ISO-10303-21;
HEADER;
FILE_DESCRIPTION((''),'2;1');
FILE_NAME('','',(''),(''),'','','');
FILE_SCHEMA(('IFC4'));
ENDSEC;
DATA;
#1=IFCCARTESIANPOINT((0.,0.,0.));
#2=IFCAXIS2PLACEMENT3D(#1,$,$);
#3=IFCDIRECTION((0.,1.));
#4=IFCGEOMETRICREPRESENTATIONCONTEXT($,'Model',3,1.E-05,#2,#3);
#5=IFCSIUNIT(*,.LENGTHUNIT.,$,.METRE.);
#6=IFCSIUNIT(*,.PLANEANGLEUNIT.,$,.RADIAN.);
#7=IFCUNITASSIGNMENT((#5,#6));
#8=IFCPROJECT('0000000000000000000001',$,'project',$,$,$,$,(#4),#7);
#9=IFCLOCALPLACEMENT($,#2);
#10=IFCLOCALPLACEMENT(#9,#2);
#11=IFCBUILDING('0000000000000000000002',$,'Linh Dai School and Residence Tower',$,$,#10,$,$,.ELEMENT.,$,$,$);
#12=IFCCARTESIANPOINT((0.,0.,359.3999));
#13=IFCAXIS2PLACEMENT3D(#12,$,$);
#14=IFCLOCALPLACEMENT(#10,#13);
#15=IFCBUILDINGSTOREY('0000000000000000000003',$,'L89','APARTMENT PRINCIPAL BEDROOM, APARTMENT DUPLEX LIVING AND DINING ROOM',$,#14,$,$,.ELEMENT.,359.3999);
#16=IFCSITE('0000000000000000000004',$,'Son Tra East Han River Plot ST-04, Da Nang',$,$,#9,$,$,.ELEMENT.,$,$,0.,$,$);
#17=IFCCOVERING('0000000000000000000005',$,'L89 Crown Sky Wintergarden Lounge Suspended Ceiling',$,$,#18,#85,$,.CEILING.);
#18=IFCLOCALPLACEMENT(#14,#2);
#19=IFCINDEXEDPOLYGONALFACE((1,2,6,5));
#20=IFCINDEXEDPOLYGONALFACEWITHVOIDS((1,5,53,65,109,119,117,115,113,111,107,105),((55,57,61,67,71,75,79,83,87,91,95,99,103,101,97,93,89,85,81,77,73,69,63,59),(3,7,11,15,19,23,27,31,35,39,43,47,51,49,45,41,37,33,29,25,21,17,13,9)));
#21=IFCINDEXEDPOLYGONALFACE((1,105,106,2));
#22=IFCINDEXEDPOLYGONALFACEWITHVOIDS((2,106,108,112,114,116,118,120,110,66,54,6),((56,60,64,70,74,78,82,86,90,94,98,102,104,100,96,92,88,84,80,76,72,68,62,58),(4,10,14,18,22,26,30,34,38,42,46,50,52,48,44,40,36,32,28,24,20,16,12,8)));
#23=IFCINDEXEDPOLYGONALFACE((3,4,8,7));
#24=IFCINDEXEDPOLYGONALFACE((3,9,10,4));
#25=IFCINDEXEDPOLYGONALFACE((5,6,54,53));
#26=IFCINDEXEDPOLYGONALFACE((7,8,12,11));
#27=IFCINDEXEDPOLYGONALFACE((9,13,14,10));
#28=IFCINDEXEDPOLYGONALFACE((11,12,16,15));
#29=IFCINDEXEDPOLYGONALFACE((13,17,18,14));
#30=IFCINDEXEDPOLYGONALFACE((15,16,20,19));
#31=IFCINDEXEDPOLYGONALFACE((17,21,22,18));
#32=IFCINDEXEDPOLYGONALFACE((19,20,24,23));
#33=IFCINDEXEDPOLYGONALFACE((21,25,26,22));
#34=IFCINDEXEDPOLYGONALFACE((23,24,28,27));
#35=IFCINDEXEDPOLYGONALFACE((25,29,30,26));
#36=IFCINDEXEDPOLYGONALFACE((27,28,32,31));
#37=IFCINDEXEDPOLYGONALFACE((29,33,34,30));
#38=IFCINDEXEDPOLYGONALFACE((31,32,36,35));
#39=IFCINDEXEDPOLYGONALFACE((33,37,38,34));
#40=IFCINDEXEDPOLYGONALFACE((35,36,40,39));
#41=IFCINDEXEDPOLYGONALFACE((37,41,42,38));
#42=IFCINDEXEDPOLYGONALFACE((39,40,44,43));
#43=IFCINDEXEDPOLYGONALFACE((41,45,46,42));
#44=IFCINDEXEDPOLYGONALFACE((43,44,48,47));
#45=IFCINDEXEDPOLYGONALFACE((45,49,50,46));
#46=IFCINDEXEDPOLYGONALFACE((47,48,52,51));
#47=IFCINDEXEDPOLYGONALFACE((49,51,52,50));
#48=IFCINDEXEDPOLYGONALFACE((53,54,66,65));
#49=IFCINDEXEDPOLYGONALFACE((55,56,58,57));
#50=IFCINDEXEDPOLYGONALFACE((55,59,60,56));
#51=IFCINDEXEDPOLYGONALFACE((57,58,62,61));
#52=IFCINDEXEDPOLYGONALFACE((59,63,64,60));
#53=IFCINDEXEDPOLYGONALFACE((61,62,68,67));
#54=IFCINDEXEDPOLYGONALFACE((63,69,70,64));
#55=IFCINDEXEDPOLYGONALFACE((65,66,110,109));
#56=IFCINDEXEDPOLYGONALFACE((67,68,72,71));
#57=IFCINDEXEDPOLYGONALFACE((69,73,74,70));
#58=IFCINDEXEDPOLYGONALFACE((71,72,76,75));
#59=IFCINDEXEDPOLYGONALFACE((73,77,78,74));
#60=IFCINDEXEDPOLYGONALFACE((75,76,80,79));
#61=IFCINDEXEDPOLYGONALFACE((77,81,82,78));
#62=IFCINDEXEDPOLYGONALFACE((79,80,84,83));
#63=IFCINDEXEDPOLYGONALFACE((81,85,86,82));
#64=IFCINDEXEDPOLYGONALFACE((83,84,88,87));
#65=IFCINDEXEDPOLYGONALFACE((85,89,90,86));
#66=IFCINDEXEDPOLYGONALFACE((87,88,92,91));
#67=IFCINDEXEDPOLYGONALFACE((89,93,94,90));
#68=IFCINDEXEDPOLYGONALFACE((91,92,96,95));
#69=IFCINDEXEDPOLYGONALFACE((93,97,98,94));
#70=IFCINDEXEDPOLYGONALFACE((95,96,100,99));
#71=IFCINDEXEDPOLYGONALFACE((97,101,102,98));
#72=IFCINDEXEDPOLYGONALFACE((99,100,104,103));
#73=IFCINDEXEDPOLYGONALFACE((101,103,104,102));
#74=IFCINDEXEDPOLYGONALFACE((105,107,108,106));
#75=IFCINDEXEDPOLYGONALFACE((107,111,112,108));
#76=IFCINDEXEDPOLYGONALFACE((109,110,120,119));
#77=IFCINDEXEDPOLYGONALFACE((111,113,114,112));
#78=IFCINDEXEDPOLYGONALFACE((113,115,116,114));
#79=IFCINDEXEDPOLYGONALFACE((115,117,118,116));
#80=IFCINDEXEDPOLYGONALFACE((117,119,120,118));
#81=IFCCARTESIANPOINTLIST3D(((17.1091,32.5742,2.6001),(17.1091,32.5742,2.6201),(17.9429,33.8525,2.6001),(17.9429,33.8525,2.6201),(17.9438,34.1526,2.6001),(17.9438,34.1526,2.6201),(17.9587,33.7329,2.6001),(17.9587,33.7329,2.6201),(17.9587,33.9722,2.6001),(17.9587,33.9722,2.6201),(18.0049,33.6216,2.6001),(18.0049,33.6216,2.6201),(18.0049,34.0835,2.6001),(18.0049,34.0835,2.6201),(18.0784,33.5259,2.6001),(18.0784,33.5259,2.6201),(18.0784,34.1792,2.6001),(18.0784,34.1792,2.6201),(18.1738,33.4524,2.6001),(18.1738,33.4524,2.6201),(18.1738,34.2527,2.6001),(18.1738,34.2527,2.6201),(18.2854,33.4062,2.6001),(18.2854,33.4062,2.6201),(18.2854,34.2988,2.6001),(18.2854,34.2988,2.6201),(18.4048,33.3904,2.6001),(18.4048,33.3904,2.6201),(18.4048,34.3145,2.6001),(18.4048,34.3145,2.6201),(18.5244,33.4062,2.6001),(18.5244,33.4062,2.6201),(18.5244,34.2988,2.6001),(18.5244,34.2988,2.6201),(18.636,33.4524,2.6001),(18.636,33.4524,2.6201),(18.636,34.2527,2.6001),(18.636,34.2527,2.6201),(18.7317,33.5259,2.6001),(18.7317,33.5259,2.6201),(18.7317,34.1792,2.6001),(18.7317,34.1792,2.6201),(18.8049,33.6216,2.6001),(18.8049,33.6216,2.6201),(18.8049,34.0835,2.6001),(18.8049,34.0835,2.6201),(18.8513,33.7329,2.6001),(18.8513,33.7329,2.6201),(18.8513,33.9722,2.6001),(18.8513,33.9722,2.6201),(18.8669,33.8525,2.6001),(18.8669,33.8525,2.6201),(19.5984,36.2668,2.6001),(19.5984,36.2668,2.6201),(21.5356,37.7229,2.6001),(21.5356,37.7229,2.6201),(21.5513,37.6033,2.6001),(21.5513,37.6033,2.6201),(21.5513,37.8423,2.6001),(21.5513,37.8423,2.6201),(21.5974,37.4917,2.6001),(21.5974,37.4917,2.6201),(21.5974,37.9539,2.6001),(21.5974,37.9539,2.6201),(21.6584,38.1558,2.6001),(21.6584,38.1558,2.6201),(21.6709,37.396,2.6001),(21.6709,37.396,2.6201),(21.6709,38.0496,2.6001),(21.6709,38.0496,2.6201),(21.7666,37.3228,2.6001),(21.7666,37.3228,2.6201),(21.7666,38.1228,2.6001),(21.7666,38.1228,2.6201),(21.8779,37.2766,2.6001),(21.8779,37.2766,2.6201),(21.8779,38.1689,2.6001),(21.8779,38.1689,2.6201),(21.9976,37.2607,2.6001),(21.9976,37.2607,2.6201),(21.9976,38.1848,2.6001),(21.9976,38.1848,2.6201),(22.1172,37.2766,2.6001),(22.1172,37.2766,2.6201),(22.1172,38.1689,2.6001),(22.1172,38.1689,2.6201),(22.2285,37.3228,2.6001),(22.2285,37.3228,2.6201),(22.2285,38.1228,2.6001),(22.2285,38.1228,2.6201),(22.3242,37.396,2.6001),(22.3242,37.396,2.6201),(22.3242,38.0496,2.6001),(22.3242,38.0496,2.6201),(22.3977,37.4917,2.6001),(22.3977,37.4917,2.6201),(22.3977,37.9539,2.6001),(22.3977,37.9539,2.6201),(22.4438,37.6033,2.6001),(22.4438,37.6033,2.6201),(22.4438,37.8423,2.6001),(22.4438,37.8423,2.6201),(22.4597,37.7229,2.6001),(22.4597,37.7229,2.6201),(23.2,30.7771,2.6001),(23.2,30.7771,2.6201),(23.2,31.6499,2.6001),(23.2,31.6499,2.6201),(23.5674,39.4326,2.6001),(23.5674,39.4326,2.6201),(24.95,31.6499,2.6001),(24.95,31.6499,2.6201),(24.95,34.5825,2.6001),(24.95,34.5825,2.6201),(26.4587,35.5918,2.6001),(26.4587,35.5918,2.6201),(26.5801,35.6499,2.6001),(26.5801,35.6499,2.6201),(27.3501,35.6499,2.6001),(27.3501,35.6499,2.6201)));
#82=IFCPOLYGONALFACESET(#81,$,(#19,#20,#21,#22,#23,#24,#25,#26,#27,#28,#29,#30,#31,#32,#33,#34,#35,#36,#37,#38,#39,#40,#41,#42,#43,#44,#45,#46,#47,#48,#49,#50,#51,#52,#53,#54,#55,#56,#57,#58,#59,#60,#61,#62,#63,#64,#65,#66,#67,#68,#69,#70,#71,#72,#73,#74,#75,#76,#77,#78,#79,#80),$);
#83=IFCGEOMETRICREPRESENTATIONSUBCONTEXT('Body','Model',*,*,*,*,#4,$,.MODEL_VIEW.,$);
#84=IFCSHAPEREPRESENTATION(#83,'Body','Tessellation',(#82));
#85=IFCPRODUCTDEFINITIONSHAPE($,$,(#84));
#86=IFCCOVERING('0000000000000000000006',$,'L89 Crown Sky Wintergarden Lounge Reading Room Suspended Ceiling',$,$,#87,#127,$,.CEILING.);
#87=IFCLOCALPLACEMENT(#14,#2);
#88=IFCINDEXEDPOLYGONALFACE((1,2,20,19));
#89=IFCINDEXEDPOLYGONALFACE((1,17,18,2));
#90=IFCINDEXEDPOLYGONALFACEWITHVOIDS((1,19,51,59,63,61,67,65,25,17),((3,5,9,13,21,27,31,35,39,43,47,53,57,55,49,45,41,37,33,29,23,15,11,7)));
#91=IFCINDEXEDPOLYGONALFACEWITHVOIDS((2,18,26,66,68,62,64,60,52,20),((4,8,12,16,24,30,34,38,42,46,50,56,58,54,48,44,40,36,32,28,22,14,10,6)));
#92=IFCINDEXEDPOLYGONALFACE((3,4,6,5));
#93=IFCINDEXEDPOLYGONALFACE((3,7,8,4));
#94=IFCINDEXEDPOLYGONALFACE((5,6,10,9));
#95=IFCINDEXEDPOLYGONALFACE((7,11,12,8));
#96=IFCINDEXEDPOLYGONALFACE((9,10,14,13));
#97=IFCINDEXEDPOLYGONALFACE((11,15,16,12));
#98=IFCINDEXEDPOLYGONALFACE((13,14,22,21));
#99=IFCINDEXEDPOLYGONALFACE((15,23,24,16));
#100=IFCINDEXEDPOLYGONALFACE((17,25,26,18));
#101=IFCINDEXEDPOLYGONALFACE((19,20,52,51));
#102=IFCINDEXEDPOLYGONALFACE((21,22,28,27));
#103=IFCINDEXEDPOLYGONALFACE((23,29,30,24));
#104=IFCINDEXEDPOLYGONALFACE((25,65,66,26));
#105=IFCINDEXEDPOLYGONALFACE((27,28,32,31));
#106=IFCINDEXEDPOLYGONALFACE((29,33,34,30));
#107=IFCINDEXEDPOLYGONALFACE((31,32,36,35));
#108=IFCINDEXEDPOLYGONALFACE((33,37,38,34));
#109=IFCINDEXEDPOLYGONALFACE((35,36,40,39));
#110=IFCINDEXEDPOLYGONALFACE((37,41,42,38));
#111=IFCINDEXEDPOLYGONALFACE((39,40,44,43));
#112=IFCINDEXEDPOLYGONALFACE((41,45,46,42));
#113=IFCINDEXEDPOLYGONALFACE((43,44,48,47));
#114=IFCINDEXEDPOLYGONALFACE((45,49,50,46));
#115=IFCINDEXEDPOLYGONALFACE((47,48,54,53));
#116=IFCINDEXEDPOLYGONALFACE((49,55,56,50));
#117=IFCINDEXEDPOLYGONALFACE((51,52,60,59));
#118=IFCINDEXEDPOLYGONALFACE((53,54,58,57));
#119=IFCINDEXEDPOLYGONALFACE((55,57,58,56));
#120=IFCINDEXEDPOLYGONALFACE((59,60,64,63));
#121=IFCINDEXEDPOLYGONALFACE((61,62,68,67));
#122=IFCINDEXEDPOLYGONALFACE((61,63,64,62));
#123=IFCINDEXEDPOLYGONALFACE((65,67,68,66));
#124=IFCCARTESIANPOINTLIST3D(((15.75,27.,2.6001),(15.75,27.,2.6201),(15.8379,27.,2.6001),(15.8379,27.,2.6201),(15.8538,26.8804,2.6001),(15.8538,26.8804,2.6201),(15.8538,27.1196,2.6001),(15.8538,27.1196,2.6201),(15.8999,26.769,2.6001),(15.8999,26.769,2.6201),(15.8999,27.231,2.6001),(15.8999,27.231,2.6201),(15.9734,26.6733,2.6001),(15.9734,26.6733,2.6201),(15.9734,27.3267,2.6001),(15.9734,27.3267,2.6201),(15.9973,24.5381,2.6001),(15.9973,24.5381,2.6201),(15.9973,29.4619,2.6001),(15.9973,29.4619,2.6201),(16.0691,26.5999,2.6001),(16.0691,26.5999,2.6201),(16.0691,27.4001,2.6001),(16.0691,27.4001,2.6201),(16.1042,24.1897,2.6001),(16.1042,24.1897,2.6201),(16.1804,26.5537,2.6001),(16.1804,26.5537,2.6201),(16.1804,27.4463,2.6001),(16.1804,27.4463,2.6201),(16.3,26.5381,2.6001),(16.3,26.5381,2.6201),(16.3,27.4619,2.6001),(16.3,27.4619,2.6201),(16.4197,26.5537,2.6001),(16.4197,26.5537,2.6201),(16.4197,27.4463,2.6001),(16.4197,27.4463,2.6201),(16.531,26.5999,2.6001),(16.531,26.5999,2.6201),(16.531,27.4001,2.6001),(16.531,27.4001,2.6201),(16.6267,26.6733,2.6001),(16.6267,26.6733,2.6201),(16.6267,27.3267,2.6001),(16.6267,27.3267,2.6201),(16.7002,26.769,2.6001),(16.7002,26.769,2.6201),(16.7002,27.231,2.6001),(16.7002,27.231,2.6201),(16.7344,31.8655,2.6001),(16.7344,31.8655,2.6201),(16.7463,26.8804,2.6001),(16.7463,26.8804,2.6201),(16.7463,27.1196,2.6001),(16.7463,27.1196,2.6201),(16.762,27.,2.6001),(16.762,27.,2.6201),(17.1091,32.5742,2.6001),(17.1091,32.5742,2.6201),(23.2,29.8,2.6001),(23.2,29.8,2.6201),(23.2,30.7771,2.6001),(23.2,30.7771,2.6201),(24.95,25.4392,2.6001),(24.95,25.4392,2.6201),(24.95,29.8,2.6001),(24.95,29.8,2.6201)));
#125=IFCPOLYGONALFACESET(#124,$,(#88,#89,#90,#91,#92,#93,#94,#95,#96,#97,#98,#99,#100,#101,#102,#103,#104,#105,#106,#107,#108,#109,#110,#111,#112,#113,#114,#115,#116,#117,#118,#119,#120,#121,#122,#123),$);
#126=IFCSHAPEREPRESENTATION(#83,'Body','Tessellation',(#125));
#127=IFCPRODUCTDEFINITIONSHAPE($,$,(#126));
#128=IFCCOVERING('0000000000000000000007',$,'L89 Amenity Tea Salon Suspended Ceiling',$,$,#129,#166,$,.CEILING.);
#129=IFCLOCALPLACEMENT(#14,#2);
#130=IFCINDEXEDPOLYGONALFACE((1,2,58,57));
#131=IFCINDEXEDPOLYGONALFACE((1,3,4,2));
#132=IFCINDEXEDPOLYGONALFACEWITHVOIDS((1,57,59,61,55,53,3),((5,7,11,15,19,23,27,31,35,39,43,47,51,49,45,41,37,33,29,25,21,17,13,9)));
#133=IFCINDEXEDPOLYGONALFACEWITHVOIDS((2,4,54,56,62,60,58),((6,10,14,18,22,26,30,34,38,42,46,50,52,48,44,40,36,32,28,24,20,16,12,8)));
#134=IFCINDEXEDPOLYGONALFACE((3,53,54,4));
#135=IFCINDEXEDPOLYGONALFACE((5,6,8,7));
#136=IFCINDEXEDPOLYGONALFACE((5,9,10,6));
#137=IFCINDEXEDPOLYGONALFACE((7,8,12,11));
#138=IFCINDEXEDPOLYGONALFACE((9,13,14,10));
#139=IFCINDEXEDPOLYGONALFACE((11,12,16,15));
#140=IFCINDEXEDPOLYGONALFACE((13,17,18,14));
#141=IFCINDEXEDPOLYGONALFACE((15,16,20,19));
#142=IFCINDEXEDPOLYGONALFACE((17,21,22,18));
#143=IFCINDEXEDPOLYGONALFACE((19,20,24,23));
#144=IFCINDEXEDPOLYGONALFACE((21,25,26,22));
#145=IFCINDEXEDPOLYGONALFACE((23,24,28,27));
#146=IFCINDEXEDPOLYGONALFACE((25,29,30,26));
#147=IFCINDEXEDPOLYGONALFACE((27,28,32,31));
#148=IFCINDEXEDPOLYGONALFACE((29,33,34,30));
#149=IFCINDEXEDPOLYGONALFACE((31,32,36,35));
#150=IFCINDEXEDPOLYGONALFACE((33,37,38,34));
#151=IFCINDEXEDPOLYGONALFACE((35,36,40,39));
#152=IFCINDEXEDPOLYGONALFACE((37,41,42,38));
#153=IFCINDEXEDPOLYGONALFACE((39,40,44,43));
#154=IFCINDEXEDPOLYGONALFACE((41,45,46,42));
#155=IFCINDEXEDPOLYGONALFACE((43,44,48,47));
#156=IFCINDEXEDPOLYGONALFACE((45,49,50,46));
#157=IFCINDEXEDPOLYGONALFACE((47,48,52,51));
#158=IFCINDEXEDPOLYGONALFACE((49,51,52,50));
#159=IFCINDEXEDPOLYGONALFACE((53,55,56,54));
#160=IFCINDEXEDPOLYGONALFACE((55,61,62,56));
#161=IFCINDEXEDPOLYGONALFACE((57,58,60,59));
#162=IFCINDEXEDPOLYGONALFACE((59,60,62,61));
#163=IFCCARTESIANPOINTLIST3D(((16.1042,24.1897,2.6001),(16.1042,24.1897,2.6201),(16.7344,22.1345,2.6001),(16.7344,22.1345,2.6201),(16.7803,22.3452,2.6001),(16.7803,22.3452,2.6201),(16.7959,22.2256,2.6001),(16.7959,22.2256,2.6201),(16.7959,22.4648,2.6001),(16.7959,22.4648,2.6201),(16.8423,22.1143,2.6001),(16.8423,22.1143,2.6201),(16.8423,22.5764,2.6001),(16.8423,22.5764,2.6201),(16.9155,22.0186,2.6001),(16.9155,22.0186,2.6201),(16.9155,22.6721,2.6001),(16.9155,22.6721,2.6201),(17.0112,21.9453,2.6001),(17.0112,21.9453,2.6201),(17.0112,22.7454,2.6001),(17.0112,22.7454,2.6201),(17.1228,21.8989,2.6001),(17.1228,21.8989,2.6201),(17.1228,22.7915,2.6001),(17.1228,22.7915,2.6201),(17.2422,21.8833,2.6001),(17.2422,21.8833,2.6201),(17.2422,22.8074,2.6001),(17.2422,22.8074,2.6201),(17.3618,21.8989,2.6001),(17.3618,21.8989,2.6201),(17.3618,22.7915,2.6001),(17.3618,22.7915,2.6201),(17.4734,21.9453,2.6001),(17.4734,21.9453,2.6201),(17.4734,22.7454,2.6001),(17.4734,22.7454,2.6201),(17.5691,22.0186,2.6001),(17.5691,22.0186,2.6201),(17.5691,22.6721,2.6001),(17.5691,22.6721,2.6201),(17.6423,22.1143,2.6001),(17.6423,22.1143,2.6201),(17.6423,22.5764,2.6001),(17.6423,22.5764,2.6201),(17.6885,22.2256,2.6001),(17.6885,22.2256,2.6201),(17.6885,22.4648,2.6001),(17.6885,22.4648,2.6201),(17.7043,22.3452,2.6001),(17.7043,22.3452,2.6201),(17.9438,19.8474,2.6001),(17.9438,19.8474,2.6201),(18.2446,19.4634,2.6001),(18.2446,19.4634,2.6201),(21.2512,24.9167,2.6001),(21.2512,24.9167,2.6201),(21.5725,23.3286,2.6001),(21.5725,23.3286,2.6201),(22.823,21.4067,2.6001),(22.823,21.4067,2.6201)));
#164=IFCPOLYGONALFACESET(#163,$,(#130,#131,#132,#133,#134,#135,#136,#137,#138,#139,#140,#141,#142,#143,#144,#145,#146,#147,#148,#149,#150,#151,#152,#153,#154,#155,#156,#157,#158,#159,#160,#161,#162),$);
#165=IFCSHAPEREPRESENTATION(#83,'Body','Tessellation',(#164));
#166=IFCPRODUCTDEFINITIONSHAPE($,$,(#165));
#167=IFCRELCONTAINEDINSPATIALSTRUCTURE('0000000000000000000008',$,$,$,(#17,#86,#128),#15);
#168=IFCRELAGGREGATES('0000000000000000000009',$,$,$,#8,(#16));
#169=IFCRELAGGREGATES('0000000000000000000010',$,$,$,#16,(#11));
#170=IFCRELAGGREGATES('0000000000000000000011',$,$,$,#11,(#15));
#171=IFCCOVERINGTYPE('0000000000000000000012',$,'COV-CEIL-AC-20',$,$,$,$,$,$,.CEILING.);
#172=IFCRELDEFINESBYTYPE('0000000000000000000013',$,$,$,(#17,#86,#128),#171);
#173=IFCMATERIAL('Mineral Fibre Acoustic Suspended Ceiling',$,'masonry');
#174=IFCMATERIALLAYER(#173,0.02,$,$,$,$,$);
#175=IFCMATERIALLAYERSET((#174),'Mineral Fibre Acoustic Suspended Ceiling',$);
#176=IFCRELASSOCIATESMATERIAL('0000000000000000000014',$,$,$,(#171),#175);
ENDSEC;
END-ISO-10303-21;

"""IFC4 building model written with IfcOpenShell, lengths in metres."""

from ifc_helpers import new_model, si_unit, direction, frame, origin, place, context, subcontext, project, spatial, polyline, outline, extrude, material, layer, layer_set, type_object, element, save


model = new_model("IFC4")

# Units and contexts
model_context = context("Model", 3, precision=1e-05, world=origin(), true_north=direction((0.0, 1.0)))
body_context = subcontext(model_context, "Body", "Model", "MODEL_VIEW")
ifc_project = project(units=[si_unit("LENGTHUNIT", "METRE"), si_unit("PLANEANGLEUNIT", "RADIAN")], contexts=[model_context])

# Site, building, storey
site_placement = place(None, origin())
site = spatial("IfcSite", under=ifc_project, at=site_placement, Name="Son Tra East Han River Plot ST-04, Da Nang", CompositionType="ELEMENT", RefElevation=0.0)
building_placement = place(site_placement, origin())
building = spatial("IfcBuilding", under=site, at=building_placement, Name="Linh Dai School and Residence Tower", CompositionType="ELEMENT")
storey_placement = place(building_placement, frame((0.0, 0.0, 359.3999)))
storey = spatial("IfcBuildingStorey", under=building, at=storey_placement, Name="L89", Description="APARTMENT PRINCIPAL BEDROOM, APARTMENT DUPLEX LIVING AND DINING ROOM", CompositionType="ELEMENT", Elevation=359.3999)

# Coverings
ifc_material_1 = material(Name="Mineral Fibre Acoustic Suspended Ceiling", Category="masonry")
ifc_layer_1 = layer(ifc_material_1, 0.02)
ifc_layer_set_1 = layer_set([ifc_layer_1], Name="Mineral Fibre Acoustic Suspended Ceiling")
covering_type_1 = type_object("IfcCoveringType", Name="COV-CEIL-AC-20", PredefinedType="CEILING", material=ifc_layer_set_1)
covering_1_placement = place(storey_placement, frame((0.0, 0.0, 2.6001)))
element("IfcCovering", 1, at=covering_1_placement, inside=storey, type_object=covering_type_1, Name="L89 Crown Sky Wintergarden Lounge Suspended Ceiling", PredefinedType="CEILING", context=body_context, shape_type="SweptSolid", body=[
    extrude(outline(polyline([(19.5984, 36.2668), (21.6584, 38.1558), (23.5674, 39.4326), (27.3501, 35.6499), (26.5801, 35.6499), (26.4587, 35.5918), (24.95, 34.5825), (24.95, 31.6499), (23.2, 31.6499), (23.2, 30.7771), (17.1091, 32.5742), (17.9438, 34.1526), (19.5984, 36.2668)]), holes=[polyline([(22.4438, 37.6033), (22.4597, 37.7229), (22.4438, 37.8423), (22.3977, 37.9539), (22.3242, 38.0496), (22.2285, 38.1228), (22.1172, 38.1689), (21.9976, 38.1848), (21.8779, 38.1689), (21.7666, 38.1228), (21.6709, 38.0496), (21.5974, 37.9539), (21.5513, 37.8423), (21.5356, 37.7229), (21.5513, 37.6033), (21.5974, 37.4917), (21.6709, 37.396), (21.7666, 37.3228), (21.8779, 37.2766), (21.9976, 37.2607), (22.1172, 37.2766), (22.2285, 37.3228), (22.3242, 37.396), (22.3977, 37.4917), (22.4438, 37.6033)]), polyline([(18.8513, 33.7329), (18.8669, 33.8525), (18.8513, 33.9722), (18.8049, 34.0835), (18.7317, 34.1792), (18.636, 34.2527), (18.5244, 34.2988), (18.4048, 34.3145), (18.2854, 34.2988), (18.1738, 34.2527), (18.0784, 34.1792), (18.0049, 34.0835), (17.9587, 33.9722), (17.9429, 33.8525), (17.9587, 33.7329), (18.0049, 33.6216), (18.0784, 33.5259), (18.1738, 33.4524), (18.2854, 33.4062), (18.4048, 33.3904), (18.5244, 33.4062), (18.636, 33.4524), (18.7317, 33.5259), (18.8049, 33.6216), (18.8513, 33.7329)])]), origin(), (0.0, 0.0, 1.0), 0.02),
])
covering_2_placement = place(storey_placement, frame((0.0, 0.0, 2.6001)))
element("IfcCovering", 2, at=covering_2_placement, inside=storey, type_object=covering_type_1, Name="L89 Crown Sky Wintergarden Lounge Reading Room Suspended Ceiling", PredefinedType="CEILING", context=body_context, shape_type="SweptSolid", body=[
    extrude(outline(polyline([(15.75, 27.0), (15.9973, 29.4619), (16.7344, 31.8655), (17.1091, 32.5742), (23.2, 30.7771), (23.2, 29.8), (24.95, 29.8), (24.95, 25.4392), (16.1042, 24.1897), (15.9973, 24.5381), (15.75, 27.0)]), holes=[polyline([(16.7463, 27.1196), (16.7002, 27.231), (16.6267, 27.3267), (16.531, 27.4001), (16.4197, 27.4463), (16.3, 27.4619), (16.1804, 27.4463), (16.0691, 27.4001), (15.9734, 27.3267), (15.8999, 27.231), (15.8538, 27.1196), (15.8379, 27.0), (15.8538, 26.8804), (15.8999, 26.769), (15.9734, 26.6733), (16.0691, 26.5999), (16.1804, 26.5537), (16.3, 26.5381), (16.4197, 26.5537), (16.531, 26.5999), (16.6267, 26.6733), (16.7002, 26.769), (16.7463, 26.8804), (16.762, 27.0), (16.7463, 27.1196)])]), origin(), (0.0, 0.0, 1.0), 0.02),
])
covering_3_placement = place(storey_placement, frame((0.0, 0.0, 2.6001)))
element("IfcCovering", 3, at=covering_3_placement, inside=storey, type_object=covering_type_1, Name="L89 Amenity Tea Salon Suspended Ceiling", PredefinedType="CEILING", context=body_context, shape_type="SweptSolid", body=[
    extrude(outline(polyline([(16.1042, 24.1897), (21.2512, 24.9167), (21.5725, 23.3286), (22.823, 21.4067), (18.2446, 19.4634), (17.9438, 19.8474), (16.7344, 22.1345), (16.1042, 24.1897)]), holes=[polyline([(17.6885, 22.4648), (17.6423, 22.5764), (17.5691, 22.6721), (17.4734, 22.7454), (17.3618, 22.7915), (17.2422, 22.8074), (17.1228, 22.7915), (17.0112, 22.7454), (16.9155, 22.6721), (16.8423, 22.5764), (16.7959, 22.4648), (16.7803, 22.3452), (16.7959, 22.2256), (16.8423, 22.1143), (16.9155, 22.0186), (17.0112, 21.9453), (17.1228, 21.8989), (17.2422, 21.8833), (17.3618, 21.8989), (17.4734, 21.9453), (17.5691, 22.0186), (17.6423, 22.1143), (17.6885, 22.2256), (17.7043, 22.3452), (17.6885, 22.4648)])]), origin(), (0.0, 0.0, 1.0), 0.02),
])

save(model, "model.ifc")
